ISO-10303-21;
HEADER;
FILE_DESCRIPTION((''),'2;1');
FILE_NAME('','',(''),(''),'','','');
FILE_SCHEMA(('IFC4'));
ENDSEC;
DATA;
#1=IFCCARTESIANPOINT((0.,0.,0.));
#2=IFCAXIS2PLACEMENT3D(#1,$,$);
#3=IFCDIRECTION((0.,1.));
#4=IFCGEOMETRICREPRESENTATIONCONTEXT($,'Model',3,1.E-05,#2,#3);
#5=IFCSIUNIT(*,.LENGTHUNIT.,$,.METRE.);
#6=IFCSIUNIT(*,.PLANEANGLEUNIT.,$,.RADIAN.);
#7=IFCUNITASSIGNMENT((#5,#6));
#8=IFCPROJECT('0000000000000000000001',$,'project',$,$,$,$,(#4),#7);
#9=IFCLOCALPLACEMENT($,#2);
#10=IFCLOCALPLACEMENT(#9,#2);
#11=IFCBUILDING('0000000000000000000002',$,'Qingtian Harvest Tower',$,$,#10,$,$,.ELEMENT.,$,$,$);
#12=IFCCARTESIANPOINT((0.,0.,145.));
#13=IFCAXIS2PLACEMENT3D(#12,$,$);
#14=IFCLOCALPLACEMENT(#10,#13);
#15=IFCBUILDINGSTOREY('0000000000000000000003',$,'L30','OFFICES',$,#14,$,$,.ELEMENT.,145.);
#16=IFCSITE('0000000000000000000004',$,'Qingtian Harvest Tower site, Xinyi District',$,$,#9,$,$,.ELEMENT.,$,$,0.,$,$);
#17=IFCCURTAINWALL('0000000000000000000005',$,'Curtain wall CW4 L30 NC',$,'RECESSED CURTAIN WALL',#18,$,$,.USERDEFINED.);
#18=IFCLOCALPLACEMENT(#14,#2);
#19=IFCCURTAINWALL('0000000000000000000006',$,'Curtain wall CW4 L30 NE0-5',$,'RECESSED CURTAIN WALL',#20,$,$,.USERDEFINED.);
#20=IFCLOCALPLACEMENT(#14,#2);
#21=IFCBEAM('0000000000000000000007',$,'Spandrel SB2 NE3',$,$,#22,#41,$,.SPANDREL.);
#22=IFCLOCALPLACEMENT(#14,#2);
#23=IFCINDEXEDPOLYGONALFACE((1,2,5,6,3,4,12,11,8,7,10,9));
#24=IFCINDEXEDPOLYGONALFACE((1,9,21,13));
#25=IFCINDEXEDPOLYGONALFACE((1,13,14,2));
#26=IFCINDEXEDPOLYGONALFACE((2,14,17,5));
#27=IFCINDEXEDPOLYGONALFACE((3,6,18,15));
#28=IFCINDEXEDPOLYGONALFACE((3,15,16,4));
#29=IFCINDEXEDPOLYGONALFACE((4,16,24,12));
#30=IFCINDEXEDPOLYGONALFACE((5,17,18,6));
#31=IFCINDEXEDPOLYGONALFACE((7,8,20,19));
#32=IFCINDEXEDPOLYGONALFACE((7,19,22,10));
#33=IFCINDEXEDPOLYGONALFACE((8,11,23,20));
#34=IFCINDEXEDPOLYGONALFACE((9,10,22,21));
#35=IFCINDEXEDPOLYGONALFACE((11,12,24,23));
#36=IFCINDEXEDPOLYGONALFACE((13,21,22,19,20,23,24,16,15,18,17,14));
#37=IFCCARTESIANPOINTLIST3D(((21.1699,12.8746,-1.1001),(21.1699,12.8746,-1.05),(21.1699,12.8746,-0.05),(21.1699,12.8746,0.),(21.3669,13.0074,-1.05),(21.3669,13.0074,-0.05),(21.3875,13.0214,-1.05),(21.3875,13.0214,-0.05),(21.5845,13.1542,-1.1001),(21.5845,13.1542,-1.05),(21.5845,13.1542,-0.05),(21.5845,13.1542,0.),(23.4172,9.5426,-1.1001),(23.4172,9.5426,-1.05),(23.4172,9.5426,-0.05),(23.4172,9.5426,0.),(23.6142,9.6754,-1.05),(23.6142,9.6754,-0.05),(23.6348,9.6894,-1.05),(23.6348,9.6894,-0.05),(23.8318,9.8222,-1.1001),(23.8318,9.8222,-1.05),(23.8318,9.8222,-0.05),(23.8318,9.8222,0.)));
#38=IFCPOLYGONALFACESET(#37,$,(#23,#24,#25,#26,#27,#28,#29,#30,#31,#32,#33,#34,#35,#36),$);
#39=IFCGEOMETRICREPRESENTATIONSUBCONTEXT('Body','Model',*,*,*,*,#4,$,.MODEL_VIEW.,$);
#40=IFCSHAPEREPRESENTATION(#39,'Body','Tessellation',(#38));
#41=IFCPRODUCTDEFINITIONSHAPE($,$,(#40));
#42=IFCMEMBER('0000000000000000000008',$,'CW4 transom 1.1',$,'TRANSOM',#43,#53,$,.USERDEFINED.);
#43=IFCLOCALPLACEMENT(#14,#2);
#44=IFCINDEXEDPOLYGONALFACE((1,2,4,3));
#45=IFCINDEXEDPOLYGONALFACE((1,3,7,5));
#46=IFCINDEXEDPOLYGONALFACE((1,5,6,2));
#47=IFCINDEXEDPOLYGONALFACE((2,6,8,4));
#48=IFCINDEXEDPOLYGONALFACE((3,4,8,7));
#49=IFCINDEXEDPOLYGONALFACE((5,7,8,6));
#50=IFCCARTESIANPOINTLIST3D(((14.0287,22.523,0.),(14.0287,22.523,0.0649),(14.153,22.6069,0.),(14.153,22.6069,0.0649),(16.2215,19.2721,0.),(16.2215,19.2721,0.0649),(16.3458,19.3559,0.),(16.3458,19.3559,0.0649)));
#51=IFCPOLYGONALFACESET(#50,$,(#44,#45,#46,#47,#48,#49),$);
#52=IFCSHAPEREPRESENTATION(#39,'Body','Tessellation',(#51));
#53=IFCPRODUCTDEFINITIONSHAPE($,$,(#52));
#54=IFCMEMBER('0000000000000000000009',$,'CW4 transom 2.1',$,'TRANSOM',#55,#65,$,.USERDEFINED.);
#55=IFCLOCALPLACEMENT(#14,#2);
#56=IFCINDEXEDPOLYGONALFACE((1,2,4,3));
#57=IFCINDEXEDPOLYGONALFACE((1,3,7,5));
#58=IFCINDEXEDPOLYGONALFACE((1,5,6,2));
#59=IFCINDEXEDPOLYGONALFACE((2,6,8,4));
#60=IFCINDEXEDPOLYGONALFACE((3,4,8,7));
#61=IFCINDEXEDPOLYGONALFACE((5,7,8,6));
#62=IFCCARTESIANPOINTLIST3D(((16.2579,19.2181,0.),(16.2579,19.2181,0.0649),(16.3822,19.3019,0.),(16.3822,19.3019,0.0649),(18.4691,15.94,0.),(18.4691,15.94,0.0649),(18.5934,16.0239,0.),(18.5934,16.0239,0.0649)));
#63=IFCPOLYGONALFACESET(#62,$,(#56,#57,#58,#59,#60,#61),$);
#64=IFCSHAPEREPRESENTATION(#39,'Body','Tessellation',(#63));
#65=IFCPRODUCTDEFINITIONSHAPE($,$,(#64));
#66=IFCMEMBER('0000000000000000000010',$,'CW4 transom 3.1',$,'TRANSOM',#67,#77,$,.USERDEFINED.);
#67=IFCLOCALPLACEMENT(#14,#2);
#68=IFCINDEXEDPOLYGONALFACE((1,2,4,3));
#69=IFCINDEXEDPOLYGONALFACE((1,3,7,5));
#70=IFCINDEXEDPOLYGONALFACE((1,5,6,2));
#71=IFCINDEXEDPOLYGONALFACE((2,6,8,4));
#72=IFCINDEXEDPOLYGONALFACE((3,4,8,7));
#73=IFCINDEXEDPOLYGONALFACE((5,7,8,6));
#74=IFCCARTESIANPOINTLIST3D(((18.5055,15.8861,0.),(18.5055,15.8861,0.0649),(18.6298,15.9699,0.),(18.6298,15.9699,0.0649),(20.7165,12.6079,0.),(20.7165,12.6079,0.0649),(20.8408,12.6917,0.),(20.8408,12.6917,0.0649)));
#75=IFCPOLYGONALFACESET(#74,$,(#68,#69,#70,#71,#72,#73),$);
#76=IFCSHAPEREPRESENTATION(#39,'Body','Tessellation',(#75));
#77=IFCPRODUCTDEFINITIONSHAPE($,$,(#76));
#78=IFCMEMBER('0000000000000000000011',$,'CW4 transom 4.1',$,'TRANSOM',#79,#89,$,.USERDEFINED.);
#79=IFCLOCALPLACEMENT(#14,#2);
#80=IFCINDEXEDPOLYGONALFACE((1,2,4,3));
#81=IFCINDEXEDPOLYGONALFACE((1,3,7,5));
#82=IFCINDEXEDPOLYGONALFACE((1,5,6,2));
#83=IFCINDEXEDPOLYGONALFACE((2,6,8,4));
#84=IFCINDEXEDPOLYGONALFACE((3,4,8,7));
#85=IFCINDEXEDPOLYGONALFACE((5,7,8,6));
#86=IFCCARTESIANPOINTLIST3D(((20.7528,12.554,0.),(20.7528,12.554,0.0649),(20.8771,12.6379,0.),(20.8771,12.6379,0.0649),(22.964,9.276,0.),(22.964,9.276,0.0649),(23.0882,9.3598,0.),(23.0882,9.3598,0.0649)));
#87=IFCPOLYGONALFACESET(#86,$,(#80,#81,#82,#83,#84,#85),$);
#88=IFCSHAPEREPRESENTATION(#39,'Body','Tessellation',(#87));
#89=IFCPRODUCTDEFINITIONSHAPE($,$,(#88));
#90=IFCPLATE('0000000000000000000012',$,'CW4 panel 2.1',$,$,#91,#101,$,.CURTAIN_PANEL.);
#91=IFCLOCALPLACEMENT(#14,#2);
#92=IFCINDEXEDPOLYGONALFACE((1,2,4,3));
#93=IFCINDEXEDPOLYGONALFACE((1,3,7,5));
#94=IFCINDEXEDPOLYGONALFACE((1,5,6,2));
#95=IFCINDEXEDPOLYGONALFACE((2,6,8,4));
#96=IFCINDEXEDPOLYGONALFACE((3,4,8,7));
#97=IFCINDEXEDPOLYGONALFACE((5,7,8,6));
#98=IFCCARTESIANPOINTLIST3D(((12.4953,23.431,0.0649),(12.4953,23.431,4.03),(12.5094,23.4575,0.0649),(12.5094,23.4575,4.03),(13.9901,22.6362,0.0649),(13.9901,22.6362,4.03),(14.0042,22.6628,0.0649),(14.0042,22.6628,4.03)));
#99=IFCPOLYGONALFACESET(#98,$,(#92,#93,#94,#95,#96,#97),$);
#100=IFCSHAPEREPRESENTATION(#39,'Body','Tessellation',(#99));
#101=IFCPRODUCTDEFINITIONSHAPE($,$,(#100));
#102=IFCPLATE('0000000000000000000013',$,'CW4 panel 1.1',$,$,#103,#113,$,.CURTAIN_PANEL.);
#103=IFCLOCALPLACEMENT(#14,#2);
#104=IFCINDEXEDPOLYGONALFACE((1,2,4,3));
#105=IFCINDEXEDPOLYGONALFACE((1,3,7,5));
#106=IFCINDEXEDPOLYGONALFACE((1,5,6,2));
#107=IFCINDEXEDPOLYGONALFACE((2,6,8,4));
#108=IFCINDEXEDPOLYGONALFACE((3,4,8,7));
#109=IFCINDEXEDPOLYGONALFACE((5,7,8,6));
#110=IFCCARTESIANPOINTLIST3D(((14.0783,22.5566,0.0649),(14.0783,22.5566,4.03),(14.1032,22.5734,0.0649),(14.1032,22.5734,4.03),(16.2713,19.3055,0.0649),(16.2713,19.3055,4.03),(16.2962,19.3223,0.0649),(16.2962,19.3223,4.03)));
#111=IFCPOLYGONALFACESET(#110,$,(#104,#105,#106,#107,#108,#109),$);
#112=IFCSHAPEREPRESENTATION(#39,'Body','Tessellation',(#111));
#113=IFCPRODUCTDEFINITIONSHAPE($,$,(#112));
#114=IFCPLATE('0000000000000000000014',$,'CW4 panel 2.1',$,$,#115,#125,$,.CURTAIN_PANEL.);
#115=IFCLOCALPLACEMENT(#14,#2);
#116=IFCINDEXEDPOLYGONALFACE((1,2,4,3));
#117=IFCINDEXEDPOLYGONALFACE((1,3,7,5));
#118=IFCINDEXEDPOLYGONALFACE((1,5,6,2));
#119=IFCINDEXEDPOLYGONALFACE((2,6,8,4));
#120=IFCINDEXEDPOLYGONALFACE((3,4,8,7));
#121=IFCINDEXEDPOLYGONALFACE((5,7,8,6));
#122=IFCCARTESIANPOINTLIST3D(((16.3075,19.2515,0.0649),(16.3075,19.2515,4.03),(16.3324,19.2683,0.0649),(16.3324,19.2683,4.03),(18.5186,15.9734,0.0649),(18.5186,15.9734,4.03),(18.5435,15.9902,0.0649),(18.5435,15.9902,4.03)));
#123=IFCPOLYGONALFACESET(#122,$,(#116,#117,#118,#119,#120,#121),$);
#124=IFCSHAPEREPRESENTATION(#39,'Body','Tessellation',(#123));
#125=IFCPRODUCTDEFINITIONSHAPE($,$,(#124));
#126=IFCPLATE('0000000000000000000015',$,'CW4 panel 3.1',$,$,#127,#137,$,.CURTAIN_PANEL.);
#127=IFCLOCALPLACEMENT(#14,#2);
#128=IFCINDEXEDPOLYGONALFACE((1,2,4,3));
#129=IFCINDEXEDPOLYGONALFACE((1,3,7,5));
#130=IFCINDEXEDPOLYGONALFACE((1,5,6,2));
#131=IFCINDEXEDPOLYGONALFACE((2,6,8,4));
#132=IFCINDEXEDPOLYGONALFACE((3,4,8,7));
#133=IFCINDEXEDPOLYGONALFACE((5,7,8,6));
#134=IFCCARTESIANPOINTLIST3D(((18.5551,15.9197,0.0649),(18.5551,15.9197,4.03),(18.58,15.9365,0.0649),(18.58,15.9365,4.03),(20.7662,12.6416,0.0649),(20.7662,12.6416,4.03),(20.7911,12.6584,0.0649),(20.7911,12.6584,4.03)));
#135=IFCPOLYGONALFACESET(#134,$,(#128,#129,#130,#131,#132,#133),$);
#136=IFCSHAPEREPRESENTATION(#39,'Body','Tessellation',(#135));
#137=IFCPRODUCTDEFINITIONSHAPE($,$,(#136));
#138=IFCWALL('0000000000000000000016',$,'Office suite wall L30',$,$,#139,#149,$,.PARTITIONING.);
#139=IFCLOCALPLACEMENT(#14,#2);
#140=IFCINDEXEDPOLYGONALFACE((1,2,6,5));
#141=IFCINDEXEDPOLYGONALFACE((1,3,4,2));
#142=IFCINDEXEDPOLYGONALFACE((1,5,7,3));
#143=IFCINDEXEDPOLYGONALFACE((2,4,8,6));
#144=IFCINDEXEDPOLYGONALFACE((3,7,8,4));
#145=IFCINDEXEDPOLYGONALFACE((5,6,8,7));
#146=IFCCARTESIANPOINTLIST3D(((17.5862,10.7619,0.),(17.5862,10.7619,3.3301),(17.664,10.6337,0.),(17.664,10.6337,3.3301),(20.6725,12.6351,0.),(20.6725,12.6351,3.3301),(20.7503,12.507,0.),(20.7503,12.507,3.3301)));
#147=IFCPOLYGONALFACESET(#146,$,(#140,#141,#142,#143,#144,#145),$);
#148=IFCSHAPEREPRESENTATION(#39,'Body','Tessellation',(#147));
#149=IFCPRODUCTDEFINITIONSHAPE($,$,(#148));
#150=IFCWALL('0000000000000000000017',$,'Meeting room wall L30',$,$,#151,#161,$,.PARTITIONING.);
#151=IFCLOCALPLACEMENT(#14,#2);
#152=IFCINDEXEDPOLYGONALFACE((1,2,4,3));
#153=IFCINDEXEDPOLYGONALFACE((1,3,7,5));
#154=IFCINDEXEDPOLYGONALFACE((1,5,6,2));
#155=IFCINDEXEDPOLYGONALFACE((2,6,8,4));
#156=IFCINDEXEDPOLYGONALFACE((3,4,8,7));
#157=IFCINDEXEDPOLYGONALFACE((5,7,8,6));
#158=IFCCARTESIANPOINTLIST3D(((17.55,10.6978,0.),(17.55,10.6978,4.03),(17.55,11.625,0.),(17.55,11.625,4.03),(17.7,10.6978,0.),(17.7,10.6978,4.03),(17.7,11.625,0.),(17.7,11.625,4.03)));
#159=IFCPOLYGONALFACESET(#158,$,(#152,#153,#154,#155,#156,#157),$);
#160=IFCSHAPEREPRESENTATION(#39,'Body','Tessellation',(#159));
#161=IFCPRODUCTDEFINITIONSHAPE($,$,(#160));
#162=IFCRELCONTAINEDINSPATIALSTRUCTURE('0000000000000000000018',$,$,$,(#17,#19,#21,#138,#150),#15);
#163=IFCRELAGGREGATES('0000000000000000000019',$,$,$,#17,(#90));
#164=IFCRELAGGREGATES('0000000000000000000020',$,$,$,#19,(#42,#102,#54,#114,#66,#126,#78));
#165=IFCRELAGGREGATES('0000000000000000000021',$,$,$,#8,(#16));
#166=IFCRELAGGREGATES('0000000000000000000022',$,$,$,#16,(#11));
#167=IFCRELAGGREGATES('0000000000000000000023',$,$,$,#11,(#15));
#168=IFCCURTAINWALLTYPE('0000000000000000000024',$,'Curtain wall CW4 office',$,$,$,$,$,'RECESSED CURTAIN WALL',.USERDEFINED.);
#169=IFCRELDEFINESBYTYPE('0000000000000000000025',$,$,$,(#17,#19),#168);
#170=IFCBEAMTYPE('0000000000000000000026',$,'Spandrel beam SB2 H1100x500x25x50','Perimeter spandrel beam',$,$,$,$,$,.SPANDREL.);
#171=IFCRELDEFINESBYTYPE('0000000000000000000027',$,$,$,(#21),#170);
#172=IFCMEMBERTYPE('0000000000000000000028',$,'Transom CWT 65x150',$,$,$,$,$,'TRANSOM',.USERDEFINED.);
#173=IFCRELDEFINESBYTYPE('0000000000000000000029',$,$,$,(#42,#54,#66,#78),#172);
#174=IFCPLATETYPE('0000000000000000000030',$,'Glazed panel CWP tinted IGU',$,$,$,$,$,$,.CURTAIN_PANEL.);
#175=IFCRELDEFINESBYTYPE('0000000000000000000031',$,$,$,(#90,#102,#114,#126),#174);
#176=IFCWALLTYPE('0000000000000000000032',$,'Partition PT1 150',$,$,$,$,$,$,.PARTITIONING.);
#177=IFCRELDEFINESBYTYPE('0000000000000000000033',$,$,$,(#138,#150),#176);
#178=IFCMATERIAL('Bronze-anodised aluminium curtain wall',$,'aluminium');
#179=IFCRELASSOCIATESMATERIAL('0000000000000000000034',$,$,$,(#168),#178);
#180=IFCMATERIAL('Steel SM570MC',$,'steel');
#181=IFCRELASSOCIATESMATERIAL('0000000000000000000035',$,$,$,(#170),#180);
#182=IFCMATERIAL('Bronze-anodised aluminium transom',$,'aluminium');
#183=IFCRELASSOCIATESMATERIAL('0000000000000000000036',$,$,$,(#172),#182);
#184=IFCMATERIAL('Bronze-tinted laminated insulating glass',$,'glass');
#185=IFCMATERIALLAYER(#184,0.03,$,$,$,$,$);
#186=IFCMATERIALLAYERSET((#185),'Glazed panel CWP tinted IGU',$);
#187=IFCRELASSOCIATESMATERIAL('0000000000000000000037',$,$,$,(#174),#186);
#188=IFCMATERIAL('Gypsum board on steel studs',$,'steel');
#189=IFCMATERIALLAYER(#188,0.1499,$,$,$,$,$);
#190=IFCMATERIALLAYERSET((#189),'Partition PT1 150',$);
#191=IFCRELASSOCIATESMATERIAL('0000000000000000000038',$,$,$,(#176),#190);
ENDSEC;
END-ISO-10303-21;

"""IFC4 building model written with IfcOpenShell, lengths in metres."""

from ifc_helpers import new_model, si_unit, direction, frame, frame_2d, origin, origin_2d, place, context, subcontext, project, spatial, rectangle, i_section, extrude, material, layer, layer_set, material_profile, profile_set, type_object, element, aggregate, save


model = new_model("IFC4")

# Units and contexts
model_context = context("Model", 3, precision=1e-05, world=origin(), true_north=direction((0.0, 1.0)))
body_context = subcontext(model_context, "Body", "Model", "MODEL_VIEW")
ifc_project = project(units=[si_unit("LENGTHUNIT", "METRE"), si_unit("PLANEANGLEUNIT", "RADIAN")], contexts=[model_context])

# Site, building, storey
site_placement = place(None, origin())
site = spatial("IfcSite", under=ifc_project, at=site_placement, Name="Qingtian Harvest Tower site, Xinyi District", CompositionType="ELEMENT", RefElevation=0.0)
building_placement = place(site_placement, origin())
building = spatial("IfcBuilding", under=site, at=building_placement, Name="Qingtian Harvest Tower", CompositionType="ELEMENT")
storey_placement = place(building_placement, frame((0.0, 0.0, 145.0)))
storey = spatial("IfcBuildingStorey", under=building, at=storey_placement, Name="L30", Description="OFFICES", CompositionType="ELEMENT", Elevation=145.0)

# Curtain wall
ifc_material_1 = material(Name="Bronze-anodised aluminium curtain wall", Category="aluminium")
curtain_wall_type = type_object("IfcCurtainWallType", Name="Curtain wall CW4 office", ElementType="RECESSED CURTAIN WALL", PredefinedType="USERDEFINED", material=ifc_material_1)
curtain_wall_1_placement = place(storey_placement, origin())
curtain_wall_1 = element("IfcCurtainWall", 1, at=curtain_wall_1_placement, inside=storey, type_object=curtain_wall_type, Name="Curtain wall CW4 L30 NC", ObjectType="RECESSED CURTAIN WALL", PredefinedType="USERDEFINED")

# Curtain wall
curtain_wall_2_placement = place(storey_placement, origin())
curtain_wall_2 = element("IfcCurtainWall", 2, at=curtain_wall_2_placement, inside=storey, type_object=curtain_wall_type, Name="Curtain wall CW4 L30 NE0-5", ObjectType="RECESSED CURTAIN WALL", PredefinedType="USERDEFINED")

# Beam
ifc_material_2 = material(Name="Steel SM570MC", Category="steel")
ifc_material_profile_1 = material_profile(ifc_material_2, i_section(OverallWidth=0.5, OverallDepth=1.1001, WebThickness=0.0249, FlangeThickness=0.05, at=origin_2d()), Name="H1100x500x25x50")
ifc_profile_set_1 = profile_set([ifc_material_profile_1], Name="Steel SM570MC")
beam_type_1 = type_object("IfcBeamType", Name="Spandrel beam SB2 H1100x500x25x50", Description="Perimeter spandrel beam", PredefinedType="SPANDREL", material=ifc_profile_set_1)
beam_1_placement = place(storey_placement, frame((21.3772, 13.0144, -0.55), z_axis=(0.559164, -0.829057, 0.0), x_axis=(0.829057, 0.559164, 0.0)))
element("IfcBeam", 3, at=beam_1_placement, inside=storey, type_object=beam_type_1, Name="Spandrel SB2 NE3", PredefinedType="SPANDREL", context=body_context, shape_type="SweptSolid", body=[
    extrude(i_section(OverallWidth=0.5, OverallDepth=1.1001, WebThickness=0.0249, FlangeThickness=0.05, at=origin_2d()), origin(), (0.0, 0.0, 1.0), 4.019),
])

# Members
ifc_material_3 = material(Name="Bronze-anodised aluminium transom", Category="aluminium")
ifc_material_profile_2 = material_profile(ifc_material_3, rectangle(XDim=0.1499, YDim=0.0649, at=origin_2d()), Name="AL 65x150")
ifc_profile_set_2 = profile_set([ifc_material_profile_2], Name="Bronze-anodised aluminium transom")
member_type_1 = type_object("IfcMemberType", Name="Transom CWT 65x150", ElementType="TRANSOM", PredefinedType="USERDEFINED", material=ifc_profile_set_2)
member_1_placement = place(storey_placement, frame((14.0908, 22.5649, 0.0325), z_axis=(0.559203, -0.829031, 0.0), x_axis=(0.829031, 0.559203, 0.0)))
member_1 = element("IfcMember", 4, at=member_1_placement, type_object=member_type_1, Name="CW4 transom 1.1", ObjectType="TRANSOM", PredefinedType="USERDEFINED", context=body_context, shape_type="SweptSolid", body=[
    extrude(rectangle(XDim=0.1499, YDim=0.0649, at=origin_2d()), origin(), (0.0, 0.0, 1.0), 3.9214),
])
member_2_placement = place(storey_placement, frame((16.3201, 19.26, 0.0325), z_axis=(0.559209, -0.829027, 0.0), x_axis=(0.829027, 0.559209, 0.0)))
member_2 = element("IfcMember", 5, at=member_2_placement, type_object=member_type_1, Name="CW4 transom 2.1", ObjectType="TRANSOM", PredefinedType="USERDEFINED", context=body_context, shape_type="SweptSolid", body=[
    extrude(rectangle(XDim=0.1499, YDim=0.0649, at=origin_2d()), origin(), (0.0, 0.0, 1.0), 3.9541),
])
member_3_placement = place(storey_placement, frame((18.5676, 15.928, 0.0325), z_axis=(0.559166, -0.829055, 0.0), x_axis=(0.829055, 0.559166, 0.0)))
member_3 = element("IfcMember", 6, at=member_3_placement, type_object=member_type_1, Name="CW4 transom 3.1", ObjectType="TRANSOM", PredefinedType="USERDEFINED", context=body_context, shape_type="SweptSolid", body=[
    extrude(rectangle(XDim=0.1499, YDim=0.0649, at=origin_2d()), origin(), (0.0, 0.0, 1.0), 3.9541),
])
member_4_placement = place(storey_placement, frame((20.8149, 12.5959, 0.0325), z_axis=(0.559209, -0.829027, 0.0), x_axis=(0.829027, 0.559209, 0.0)))
member_4 = element("IfcMember", 7, at=member_4_placement, type_object=member_type_1, Name="CW4 transom 4.1", ObjectType="TRANSOM", PredefinedType="USERDEFINED", context=body_context, shape_type="SweptSolid", body=[
    extrude(rectangle(XDim=0.1499, YDim=0.0649, at=origin_2d()), origin(), (0.0, 0.0, 1.0), 3.9541),
])

# Plates
ifc_material_4 = material(Name="Bronze-tinted laminated insulating glass", Category="glass")
ifc_layer_1 = layer(ifc_material_4, 0.03)
ifc_layer_set_1 = layer_set([ifc_layer_1], Name="Glazed panel CWP tinted IGU")
plate_type = type_object("IfcPlateType", Name="Glazed panel CWP tinted IGU", PredefinedType="CURTAIN_PANEL", material=ifc_layer_set_1)
plate_1_placement = place(storey_placement, frame((13.2498, 23.0469, 0.0649), z_axis=(0.0, 0.0, 1.0), x_axis=(0.882948, -0.469472, 0.0)))
plate_1 = element("IfcPlate", 8, at=plate_1_placement, type_object=plate_type, Name="CW4 panel 2.1", PredefinedType="CURTAIN_PANEL", context=body_context, shape_type="SweptSolid", body=[
    extrude(rectangle(XDim=1.6929, YDim=0.03, at=origin_2d()), origin(), (0.0, 0.0, 1.0), 3.9651),
])
aggregate(curtain_wall_1, [plate_1])
plate_2_placement = place(storey_placement, frame((15.1873, 20.9395, 0.0649), z_axis=(0.0, 0.0, 1.0), x_axis=(0.559193, -0.829038, 0.0)))
plate_2 = element("IfcPlate", 9, at=plate_2_placement, type_object=plate_type, Name="CW4 panel 1.1", PredefinedType="CURTAIN_PANEL", context=body_context, shape_type="SweptSolid", body=[
    extrude(rectangle(XDim=3.9216, YDim=0.03, at=origin_2d()), origin(), (0.0, 0.0, 1.0), 3.9651),
])
plate_3_placement = place(storey_placement, frame((17.4255, 17.6208, 0.0649), z_axis=(0.0, 0.0, 1.0), x_axis=(0.559193, -0.829038, 0.0)))
plate_3 = element("IfcPlate", 10, at=plate_3_placement, type_object=plate_type, Name="CW4 panel 2.1", PredefinedType="CURTAIN_PANEL", context=body_context, shape_type="SweptSolid", body=[
    extrude(rectangle(XDim=3.9541, YDim=0.03, at=origin_2d()), origin(), (0.0, 0.0, 1.0), 3.9651),
])
plate_4_placement = place(storey_placement, frame((19.6731, 14.2891, 0.0649), z_axis=(0.0, 0.0, 1.0), x_axis=(0.559193, -0.829038, 0.0)))
plate_4 = element("IfcPlate", 11, at=plate_4_placement, type_object=plate_type, Name="CW4 panel 3.1", PredefinedType="CURTAIN_PANEL", context=body_context, shape_type="SweptSolid", body=[
    extrude(rectangle(XDim=3.9541, YDim=0.03, at=origin_2d()), origin(), (0.0, 0.0, 1.0), 3.9651),
])
aggregate(curtain_wall_2, [member_1, plate_2, member_2, plate_3, member_3, plate_4, member_4])

# Walls
ifc_material_5 = material(Name="Gypsum board on steel studs", Category="steel")
ifc_layer_2 = layer(ifc_material_5, 0.1499)
ifc_layer_set_2 = layer_set([ifc_layer_2], Name="Partition PT1 150")
wall_type = type_object("IfcWallType", Name="Partition PT1 150", PredefinedType="PARTITIONING", material=ifc_layer_set_2)
wall_1_placement = place(storey_placement, frame((20.7114, 12.571, 0.0), z_axis=(0.0, 0.0, 1.0), x_axis=(-0.854863, -0.518855, 0.0)))
element("IfcWall", 12, at=wall_1_placement, inside=storey, type_object=wall_type, Name="Office suite wall L30", PredefinedType="PARTITIONING", context=body_context, shape_type="SweptSolid", body=[
    extrude(rectangle(XDim=3.6104, YDim=0.1499, at=frame_2d((1.8052, 0.0))), origin(), (0.0, 0.0, 1.0), 3.3301),
])
wall_2_placement = place(storey_placement, frame((17.625, 11.625, 0.0), z_axis=(0.0, 0.0, 1.0), x_axis=(0.0, -1.0, 0.0)))
element("IfcWall", 13, at=wall_2_placement, inside=storey, type_object=wall_type, Name="Meeting room wall L30", PredefinedType="PARTITIONING", context=body_context, shape_type="SweptSolid", body=[
    extrude(rectangle(XDim=0.9272, YDim=0.1499, at=frame_2d((0.4636, 0.0))), origin(), (0.0, 0.0, 1.0), 4.03),
])

save(model, "model.ifc")
